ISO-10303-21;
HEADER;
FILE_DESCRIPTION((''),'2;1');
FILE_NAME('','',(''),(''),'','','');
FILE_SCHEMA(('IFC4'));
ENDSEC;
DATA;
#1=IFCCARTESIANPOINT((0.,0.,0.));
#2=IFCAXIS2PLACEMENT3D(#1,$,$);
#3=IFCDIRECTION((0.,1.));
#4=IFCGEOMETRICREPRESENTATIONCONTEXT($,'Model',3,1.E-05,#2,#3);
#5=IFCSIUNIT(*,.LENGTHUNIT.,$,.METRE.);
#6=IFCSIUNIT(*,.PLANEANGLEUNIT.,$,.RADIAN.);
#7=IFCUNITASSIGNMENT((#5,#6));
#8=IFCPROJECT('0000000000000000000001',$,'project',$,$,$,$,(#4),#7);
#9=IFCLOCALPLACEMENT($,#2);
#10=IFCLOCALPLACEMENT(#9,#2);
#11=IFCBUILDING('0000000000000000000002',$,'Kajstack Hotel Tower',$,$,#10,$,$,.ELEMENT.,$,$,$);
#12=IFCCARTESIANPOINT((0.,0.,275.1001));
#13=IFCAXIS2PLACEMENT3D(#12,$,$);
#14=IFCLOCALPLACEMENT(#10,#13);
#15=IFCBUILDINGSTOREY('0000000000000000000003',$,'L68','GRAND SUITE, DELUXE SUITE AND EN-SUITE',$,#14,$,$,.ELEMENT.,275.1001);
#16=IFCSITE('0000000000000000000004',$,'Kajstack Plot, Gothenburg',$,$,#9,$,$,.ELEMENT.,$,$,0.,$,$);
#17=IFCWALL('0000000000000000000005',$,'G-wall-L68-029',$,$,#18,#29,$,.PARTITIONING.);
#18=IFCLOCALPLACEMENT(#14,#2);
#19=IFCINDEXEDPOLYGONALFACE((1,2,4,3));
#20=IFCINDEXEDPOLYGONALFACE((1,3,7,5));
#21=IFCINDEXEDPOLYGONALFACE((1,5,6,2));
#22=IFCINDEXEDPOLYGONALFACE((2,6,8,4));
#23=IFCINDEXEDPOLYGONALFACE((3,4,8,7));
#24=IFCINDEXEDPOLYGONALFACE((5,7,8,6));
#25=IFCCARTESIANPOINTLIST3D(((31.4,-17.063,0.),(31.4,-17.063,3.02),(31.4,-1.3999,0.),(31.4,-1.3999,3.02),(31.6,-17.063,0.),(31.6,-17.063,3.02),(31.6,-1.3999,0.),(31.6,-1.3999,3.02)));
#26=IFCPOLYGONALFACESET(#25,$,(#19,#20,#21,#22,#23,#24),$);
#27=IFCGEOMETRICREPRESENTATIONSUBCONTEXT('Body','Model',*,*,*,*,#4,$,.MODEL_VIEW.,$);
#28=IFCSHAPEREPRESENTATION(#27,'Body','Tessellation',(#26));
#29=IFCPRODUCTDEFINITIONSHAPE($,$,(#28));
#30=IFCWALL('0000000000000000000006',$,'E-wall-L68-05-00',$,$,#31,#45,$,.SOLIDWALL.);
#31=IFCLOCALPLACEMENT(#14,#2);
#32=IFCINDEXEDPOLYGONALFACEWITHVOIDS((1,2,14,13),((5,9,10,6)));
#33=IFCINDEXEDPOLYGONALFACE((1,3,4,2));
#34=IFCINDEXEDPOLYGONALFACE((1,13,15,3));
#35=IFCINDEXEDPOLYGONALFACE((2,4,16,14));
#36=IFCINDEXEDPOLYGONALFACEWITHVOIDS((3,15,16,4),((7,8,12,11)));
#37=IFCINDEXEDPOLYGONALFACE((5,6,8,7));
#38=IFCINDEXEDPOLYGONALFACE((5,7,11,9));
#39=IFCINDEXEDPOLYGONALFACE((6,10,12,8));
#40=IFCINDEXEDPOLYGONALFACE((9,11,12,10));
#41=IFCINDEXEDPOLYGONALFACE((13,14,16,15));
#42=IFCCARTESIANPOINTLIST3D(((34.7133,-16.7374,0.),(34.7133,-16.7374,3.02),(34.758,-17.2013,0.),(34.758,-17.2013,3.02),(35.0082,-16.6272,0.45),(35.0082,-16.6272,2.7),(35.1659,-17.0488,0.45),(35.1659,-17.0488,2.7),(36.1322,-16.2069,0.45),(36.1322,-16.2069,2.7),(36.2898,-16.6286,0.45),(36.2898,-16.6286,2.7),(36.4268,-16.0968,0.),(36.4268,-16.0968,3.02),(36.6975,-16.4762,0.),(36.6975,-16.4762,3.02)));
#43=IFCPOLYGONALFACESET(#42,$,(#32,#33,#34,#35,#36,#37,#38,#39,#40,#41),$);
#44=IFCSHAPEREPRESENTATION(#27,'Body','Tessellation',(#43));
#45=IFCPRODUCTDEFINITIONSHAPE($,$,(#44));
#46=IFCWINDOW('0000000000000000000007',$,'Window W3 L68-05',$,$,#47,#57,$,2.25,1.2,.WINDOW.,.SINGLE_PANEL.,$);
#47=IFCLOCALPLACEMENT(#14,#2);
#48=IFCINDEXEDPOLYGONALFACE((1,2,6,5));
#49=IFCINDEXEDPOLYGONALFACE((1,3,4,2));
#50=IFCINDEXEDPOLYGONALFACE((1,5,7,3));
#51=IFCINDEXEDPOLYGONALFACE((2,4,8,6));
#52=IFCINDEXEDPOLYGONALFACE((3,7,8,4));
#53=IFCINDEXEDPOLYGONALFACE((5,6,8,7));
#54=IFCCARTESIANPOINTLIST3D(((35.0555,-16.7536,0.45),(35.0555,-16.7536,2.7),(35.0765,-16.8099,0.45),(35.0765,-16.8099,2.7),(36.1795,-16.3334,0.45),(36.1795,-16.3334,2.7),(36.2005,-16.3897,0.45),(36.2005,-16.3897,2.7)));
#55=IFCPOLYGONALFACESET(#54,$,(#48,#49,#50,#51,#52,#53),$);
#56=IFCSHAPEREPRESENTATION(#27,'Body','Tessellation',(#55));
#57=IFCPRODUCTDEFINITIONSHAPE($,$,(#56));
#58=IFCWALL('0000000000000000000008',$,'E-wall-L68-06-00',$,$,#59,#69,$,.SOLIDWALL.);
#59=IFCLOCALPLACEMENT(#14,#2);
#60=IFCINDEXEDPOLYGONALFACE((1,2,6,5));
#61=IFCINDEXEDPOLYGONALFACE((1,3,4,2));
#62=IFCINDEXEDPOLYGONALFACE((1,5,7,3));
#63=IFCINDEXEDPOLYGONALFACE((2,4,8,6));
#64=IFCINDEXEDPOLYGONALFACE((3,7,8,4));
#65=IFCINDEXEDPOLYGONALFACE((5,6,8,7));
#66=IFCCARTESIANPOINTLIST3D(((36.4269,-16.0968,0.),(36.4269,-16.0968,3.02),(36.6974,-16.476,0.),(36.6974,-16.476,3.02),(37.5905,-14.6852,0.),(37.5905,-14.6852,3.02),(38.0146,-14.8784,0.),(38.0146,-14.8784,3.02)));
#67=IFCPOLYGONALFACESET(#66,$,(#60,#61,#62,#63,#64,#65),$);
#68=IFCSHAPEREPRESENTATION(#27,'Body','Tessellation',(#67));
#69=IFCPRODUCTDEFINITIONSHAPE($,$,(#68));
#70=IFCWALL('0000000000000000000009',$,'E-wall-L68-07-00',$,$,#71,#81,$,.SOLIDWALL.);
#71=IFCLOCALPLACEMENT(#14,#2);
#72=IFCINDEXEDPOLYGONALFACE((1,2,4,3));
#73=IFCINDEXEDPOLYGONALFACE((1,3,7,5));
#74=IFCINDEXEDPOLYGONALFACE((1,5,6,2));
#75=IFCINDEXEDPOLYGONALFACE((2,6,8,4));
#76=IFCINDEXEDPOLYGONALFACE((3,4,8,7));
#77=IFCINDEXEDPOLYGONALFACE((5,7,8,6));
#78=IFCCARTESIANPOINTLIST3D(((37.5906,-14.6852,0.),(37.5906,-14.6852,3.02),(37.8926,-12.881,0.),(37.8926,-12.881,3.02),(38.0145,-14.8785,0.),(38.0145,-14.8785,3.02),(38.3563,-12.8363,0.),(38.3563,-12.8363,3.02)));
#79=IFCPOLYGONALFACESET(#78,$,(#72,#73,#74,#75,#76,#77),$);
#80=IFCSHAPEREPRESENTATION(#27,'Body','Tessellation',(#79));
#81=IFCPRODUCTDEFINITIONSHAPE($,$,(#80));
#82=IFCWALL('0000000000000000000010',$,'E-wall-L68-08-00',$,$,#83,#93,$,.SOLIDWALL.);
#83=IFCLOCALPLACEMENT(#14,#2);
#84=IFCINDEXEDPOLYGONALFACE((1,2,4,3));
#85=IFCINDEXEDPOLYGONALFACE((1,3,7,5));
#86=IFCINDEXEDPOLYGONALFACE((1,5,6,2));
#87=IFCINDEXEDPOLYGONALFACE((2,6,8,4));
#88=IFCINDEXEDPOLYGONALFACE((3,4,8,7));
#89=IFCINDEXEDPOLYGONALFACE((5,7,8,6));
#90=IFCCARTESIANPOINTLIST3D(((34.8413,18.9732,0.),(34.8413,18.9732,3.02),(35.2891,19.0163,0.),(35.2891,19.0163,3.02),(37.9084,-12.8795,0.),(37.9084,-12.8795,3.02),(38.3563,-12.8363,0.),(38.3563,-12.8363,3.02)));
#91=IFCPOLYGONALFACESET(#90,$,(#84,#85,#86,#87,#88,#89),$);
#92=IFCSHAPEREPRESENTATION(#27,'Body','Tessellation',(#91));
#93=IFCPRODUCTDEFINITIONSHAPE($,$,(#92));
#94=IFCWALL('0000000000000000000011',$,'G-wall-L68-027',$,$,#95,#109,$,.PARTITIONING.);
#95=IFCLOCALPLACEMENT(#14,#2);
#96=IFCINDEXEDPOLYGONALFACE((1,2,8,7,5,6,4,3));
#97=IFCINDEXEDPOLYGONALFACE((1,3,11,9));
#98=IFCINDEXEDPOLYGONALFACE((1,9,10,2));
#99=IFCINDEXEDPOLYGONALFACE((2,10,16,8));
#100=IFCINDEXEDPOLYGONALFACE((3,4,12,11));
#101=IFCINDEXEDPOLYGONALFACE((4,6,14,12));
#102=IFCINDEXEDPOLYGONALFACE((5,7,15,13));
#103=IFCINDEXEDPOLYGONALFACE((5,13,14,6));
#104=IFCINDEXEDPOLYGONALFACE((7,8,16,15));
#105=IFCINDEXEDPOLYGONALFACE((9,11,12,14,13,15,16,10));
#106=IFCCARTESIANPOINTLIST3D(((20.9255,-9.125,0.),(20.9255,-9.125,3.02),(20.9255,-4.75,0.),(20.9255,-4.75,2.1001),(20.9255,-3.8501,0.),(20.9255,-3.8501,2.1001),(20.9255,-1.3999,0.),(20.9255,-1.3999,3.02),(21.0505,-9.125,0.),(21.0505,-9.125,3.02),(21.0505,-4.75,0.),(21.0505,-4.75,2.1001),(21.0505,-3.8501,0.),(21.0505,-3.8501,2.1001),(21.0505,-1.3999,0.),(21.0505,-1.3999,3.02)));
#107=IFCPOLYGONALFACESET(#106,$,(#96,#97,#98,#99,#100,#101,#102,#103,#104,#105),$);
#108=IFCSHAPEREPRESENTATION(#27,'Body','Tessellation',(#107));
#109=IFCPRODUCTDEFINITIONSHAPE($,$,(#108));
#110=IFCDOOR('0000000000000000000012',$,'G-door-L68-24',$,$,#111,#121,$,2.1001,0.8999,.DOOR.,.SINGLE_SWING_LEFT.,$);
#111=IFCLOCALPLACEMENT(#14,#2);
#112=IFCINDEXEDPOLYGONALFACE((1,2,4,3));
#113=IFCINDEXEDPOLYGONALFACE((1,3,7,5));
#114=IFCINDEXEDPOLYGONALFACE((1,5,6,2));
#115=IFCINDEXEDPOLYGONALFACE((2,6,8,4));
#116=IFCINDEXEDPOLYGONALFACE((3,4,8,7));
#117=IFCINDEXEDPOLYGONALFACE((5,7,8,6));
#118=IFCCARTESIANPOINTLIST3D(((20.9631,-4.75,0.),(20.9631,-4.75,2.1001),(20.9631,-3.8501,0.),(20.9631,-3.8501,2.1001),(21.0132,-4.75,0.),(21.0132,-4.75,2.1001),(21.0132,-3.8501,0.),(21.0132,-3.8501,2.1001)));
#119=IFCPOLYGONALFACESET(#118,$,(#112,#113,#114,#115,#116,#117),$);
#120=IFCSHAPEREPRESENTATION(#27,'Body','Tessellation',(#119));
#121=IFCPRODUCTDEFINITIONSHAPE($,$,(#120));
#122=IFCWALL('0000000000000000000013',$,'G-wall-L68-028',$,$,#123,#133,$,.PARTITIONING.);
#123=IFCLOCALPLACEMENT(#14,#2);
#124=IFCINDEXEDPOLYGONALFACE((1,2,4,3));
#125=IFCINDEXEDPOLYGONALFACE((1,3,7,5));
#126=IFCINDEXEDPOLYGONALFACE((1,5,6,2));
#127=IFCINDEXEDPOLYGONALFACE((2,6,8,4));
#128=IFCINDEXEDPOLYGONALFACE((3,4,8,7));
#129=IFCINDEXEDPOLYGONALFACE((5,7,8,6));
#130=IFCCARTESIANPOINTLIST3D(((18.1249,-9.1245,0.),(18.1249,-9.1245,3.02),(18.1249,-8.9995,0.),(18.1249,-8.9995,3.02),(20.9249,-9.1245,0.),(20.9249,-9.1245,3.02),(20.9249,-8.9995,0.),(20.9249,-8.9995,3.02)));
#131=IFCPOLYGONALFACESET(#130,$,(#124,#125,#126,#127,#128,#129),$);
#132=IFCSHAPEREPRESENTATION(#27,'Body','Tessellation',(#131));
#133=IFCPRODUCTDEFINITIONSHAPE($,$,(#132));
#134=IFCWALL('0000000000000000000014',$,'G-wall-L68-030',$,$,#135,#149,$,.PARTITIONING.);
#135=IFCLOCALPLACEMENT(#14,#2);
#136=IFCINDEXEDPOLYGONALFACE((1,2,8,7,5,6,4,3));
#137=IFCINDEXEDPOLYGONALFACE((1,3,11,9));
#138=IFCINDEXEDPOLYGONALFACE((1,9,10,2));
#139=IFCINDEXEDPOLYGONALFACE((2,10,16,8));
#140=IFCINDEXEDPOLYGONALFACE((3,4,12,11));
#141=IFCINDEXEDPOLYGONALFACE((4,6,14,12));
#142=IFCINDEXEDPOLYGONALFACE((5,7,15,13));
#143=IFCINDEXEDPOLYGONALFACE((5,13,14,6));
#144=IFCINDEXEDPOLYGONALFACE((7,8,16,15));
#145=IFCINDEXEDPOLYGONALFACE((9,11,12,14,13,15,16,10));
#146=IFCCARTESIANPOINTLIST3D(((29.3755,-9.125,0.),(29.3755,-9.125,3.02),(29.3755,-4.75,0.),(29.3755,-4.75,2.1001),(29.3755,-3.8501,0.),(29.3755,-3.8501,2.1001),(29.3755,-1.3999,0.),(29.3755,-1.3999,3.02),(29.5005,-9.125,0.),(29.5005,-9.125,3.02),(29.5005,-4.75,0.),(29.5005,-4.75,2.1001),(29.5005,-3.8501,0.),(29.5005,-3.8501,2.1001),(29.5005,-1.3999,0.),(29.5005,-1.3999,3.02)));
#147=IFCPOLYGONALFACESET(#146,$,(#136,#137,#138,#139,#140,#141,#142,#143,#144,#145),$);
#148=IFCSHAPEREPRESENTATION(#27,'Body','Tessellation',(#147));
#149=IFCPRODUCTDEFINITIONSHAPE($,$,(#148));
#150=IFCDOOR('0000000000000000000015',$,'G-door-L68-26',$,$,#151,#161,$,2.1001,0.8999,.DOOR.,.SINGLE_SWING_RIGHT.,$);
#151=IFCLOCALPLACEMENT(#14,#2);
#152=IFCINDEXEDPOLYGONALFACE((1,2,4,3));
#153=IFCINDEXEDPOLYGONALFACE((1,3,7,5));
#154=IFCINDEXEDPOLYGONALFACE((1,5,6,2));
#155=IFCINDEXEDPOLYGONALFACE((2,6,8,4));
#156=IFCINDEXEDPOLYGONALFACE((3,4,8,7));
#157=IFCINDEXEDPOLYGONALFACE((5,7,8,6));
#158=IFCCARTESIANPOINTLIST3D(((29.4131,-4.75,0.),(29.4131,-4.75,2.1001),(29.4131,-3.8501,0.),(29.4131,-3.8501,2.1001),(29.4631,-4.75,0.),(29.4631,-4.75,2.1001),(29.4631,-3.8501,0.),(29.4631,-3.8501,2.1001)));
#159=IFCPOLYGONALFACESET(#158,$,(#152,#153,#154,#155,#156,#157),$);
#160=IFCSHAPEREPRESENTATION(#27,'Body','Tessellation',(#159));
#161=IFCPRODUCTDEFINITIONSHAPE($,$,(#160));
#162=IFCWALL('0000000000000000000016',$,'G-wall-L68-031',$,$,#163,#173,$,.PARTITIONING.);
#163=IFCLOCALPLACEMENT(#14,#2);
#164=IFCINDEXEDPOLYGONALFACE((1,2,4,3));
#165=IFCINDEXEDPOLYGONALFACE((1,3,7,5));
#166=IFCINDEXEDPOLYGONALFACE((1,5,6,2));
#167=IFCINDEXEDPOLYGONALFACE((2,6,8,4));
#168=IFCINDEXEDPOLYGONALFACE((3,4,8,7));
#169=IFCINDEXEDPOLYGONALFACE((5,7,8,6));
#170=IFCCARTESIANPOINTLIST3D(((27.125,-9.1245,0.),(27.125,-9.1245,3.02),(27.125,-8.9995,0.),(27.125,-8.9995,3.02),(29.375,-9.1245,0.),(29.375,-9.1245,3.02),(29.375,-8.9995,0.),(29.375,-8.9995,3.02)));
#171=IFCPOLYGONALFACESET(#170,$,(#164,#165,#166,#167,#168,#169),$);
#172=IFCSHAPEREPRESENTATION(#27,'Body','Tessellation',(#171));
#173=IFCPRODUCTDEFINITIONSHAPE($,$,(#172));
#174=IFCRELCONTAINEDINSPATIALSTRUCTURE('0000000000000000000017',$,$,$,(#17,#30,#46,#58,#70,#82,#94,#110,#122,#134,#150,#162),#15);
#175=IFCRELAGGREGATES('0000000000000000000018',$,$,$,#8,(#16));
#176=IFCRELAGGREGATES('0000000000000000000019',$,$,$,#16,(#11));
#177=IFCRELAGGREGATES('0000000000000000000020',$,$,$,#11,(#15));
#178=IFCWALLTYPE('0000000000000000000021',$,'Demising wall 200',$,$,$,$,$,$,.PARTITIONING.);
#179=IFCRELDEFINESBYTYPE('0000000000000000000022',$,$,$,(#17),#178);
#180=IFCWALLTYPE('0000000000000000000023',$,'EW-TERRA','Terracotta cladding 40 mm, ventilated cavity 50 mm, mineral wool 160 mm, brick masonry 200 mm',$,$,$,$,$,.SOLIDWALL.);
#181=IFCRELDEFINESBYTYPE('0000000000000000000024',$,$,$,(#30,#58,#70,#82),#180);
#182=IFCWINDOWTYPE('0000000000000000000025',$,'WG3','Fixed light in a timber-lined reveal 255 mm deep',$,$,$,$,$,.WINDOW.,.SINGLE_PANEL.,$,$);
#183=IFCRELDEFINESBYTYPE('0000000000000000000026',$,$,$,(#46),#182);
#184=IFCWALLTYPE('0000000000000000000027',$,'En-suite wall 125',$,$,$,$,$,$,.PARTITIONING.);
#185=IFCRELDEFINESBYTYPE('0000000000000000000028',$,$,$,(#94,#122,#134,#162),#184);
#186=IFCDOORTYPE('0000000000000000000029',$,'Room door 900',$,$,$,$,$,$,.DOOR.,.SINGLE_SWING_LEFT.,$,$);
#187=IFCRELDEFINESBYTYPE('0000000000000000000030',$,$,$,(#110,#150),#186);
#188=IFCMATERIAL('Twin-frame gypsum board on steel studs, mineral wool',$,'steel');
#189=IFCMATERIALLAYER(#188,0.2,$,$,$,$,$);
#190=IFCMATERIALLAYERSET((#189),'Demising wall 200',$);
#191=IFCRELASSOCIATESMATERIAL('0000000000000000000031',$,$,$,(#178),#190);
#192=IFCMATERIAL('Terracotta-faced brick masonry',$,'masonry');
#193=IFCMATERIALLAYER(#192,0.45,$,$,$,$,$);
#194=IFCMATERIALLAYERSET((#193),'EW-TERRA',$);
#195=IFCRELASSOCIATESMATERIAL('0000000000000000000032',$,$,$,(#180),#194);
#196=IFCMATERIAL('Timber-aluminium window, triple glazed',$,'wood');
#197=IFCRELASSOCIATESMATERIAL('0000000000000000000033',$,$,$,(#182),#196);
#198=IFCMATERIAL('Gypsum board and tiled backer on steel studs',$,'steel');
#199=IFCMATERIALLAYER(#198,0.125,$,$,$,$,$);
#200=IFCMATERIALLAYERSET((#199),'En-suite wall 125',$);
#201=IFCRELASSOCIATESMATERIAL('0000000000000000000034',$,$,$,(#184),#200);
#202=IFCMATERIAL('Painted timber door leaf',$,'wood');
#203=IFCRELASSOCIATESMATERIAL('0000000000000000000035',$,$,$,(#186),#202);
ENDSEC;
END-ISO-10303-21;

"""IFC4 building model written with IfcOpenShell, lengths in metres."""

from ifc_helpers import new_model, si_unit, direction, frame, frame_2d, origin, place, context, subcontext, project, spatial, polyline, rectangle, outline, extrude, material, layer, layer_set, type_object, element, fill, save


model = new_model("IFC4")

# Units and contexts
model_context = context("Model", 3, precision=1e-05, world=origin(), true_north=direction((0.0, 1.0)))
body_context = subcontext(model_context, "Body", "Model", "MODEL_VIEW")
ifc_project = project(units=[si_unit("LENGTHUNIT", "METRE"), si_unit("PLANEANGLEUNIT", "RADIAN")], contexts=[model_context])

# Site, building, storey
site_placement = place(None, origin())
site = spatial("IfcSite", under=ifc_project, at=site_placement, Name="Kajstack Plot, Gothenburg", CompositionType="ELEMENT", RefElevation=0.0)
building_placement = place(site_placement, origin())
building = spatial("IfcBuilding", under=site, at=building_placement, Name="Kajstack Hotel Tower", CompositionType="ELEMENT")
storey_placement = place(building_placement, frame((0.0, 0.0, 275.1001)))
storey = spatial("IfcBuildingStorey", under=building, at=storey_placement, Name="L68", Description="GRAND SUITE, DELUXE SUITE AND EN-SUITE", CompositionType="ELEMENT", Elevation=275.1001)

# Wall
ifc_material_1 = material(Name="Twin-frame gypsum board on steel studs, mineral wool", Category="steel")
ifc_layer_1 = layer(ifc_material_1, 0.2)
ifc_layer_set_1 = layer_set([ifc_layer_1], Name="Demising wall 200")
wall_type_1 = type_object("IfcWallType", Name="Demising wall 200", PredefinedType="PARTITIONING", material=ifc_layer_set_1)
wall_1_placement = place(storey_placement, frame((31.5, -17.063, 0.0), z_axis=(0.0, 0.0, 1.0), x_axis=(0.0, 1.0, 0.0)))
element("IfcWall", 1, at=wall_1_placement, inside=storey, type_object=wall_type_1, Name="G-wall-L68-029", PredefinedType="PARTITIONING", context=body_context, shape_type="SweptSolid", body=[
    extrude(rectangle(XDim=15.6631, YDim=0.2, at=frame_2d((7.8315, 0.0))), origin(), (0.0, 0.0, 1.0), 3.02),
])

# Wall, opening, window
ifc_material_2 = material(Name="Terracotta-faced brick masonry", Category="masonry")
ifc_layer_2 = layer(ifc_material_2, 0.45)
ifc_layer_set_2 = layer_set([ifc_layer_2], Name="EW-TERRA")
wall_type_2 = type_object("IfcWallType", Name="EW-TERRA", Description="Terracotta cladding 40 mm, ventilated cavity 50 mm, mineral wool 160 mm, brick masonry 200 mm", PredefinedType="SOLIDWALL", material=ifc_layer_set_2)
wall_2_placement = place(storey_placement, frame((34.6792, -16.9905, 0.0), z_axis=(0.0, 0.0, 1.0), x_axis=(0.936678, 0.350193, 0.0)))
wall_2 = element("IfcWall", 2, at=wall_2_placement, inside=storey, type_object=wall_type_2, Name="E-wall-L68-05-00", PredefinedType="SOLIDWALL", context=body_context, shape_type="SweptSolid", body=[
    extrude(outline(polyline([(0.0, -0.2251), (2.0706, -0.2251), (1.95, 0.2251), (0.1206, 0.2251), (0.0, -0.2251)])), origin(), (0.0, 0.0, 1.0), 3.02),
])
opening_1_placement = place(wall_2_placement, frame((0.4353, 0.0, 0.45)))
opening_1 = element("IfcOpeningElement", 3, at=opening_1_placement, cuts=wall_2, PredefinedType="OPENING", context=body_context, shape_type="SweptSolid", body=[
    extrude(rectangle(XDim=1.2, YDim=2.25, at=frame_2d((0.6001, 1.125))), frame((0.0, 0.2349, 0.0), z_axis=(0.0, -1.0, 0.0), x_axis=(1.0, 0.0, 0.0)), (0.0, 0.0, 1.0), 0.47),
])
ifc_material_3 = material(Name="Timber-aluminium window, triple glazed", Category="wood")
window_type = type_object("IfcWindowType", Name="WG3", Description="Fixed light in a timber-lined reveal 255 mm deep", PartitioningType="SINGLE_PANEL", PredefinedType="WINDOW", material=ifc_material_3)
window_placement = place(opening_1_placement, origin())
window = element("IfcWindow", 4, at=window_placement, inside=storey, type_object=window_type, Name="Window W3 L68-05", OverallHeight=2.25, OverallWidth=1.2, PartitioningType="SINGLE_PANEL", PredefinedType="WINDOW", context=body_context, shape_type="SweptSolid", body=[
    extrude(rectangle(XDim=1.2, YDim=2.25, at=frame_2d((0.6001, 1.125))), frame((0.0, 0.0901, 0.0), z_axis=(0.0, -1.0, 0.0), x_axis=(1.0, 0.0, 0.0)), (0.0, 0.0, 1.0), 0.0601),
])
fill(opening_1, window)

# Walls
wall_3_placement = place(storey_placement, frame((36.5239, -16.333, 0.0), z_axis=(0.0, 0.0, 1.0), x_axis=(0.636046, 0.771651, 0.0)))
element("IfcWall", 5, at=wall_3_placement, inside=storey, type_object=wall_type_2, Name="E-wall-L68-06-00", PredefinedType="SOLIDWALL", context=body_context, shape_type="SweptSolid", body=[
    extrude(outline(polyline([(0.0, -0.2249), (2.0706, -0.2251), (1.95, 0.2251), (0.1206, 0.2251), (0.0, -0.2249)])), origin(), (0.0, 0.0, 1.0), 3.02),
])
wall_4_placement = place(storey_placement, frame((37.7925, -14.8413, 0.0), z_axis=(0.0, 0.0, 1.0), x_axis=(0.165068, 0.986282, 0.0)))
element("IfcWall", 6, at=wall_4_placement, inside=storey, type_object=wall_type_2, Name="E-wall-L68-07-00", PredefinedType="SOLIDWALL", context=body_context, shape_type="SweptSolid", body=[
    extrude(outline(polyline([(0.0, -0.2251), (2.0706, -0.2251), (1.95, 0.2249), (0.1206, 0.2249), (0.0, -0.2251)])), origin(), (0.0, 0.0, 1.0), 3.02),
])
wall_5_placement = place(storey_placement, frame((38.1323, -12.8579, 0.0), z_axis=(0.0, 0.0, 1.0), x_axis=(-0.095848, 0.995396, 0.0)))
element("IfcWall", 7, at=wall_5_placement, inside=storey, type_object=wall_type_2, Name="E-wall-L68-08-00", PredefinedType="SOLIDWALL", context=body_context, shape_type="SweptSolid", body=[
    extrude(rectangle(XDim=32.0, YDim=0.45, at=frame_2d((16.0, 0.0))), origin(), (0.0, 0.0, 1.0), 3.02),
])

# Wall, opening, door
ifc_material_4 = material(Name="Gypsum board and tiled backer on steel studs", Category="steel")
ifc_layer_3 = layer(ifc_material_4, 0.125)
ifc_layer_set_3 = layer_set([ifc_layer_3], Name="En-suite wall 125")
wall_type_3 = type_object("IfcWallType", Name="En-suite wall 125", PredefinedType="PARTITIONING", material=ifc_layer_set_3)
wall_6_placement = place(storey_placement, frame((20.988, -9.125, 0.0), z_axis=(0.0, 0.0, 1.0), x_axis=(0.0, 1.0, 0.0)))
wall_6 = element("IfcWall", 8, at=wall_6_placement, inside=storey, type_object=wall_type_3, Name="G-wall-L68-027", PredefinedType="PARTITIONING", context=body_context, shape_type="SweptSolid", body=[
    extrude(rectangle(XDim=7.7251, YDim=0.125, at=frame_2d((3.8625, 0.0))), origin(), (0.0, 0.0, 1.0), 3.02),
])
opening_2_placement = place(wall_6_placement, frame((4.375, 0.0, 0.0)))
opening_2 = element("IfcOpeningElement", 9, at=opening_2_placement, cuts=wall_6, PredefinedType="OPENING", context=body_context, shape_type="SweptSolid", body=[
    extrude(rectangle(XDim=0.8999, YDim=2.1001, at=frame_2d((0.45, 1.05))), frame((0.0, 0.0725, 0.0), z_axis=(0.0, -1.0, 0.0), x_axis=(1.0, 0.0, 0.0)), (0.0, 0.0, 1.0), 0.145),
])
ifc_material_5 = material(Name="Painted timber door leaf", Category="wood")
door_type_1 = type_object("IfcDoorType", Name="Room door 900", OperationType="SINGLE_SWING_LEFT", PredefinedType="DOOR", material=ifc_material_5)
door_1_placement = place(opening_2_placement, origin())
door_1 = element("IfcDoor", 10, at=door_1_placement, inside=storey, type_object=door_type_1, Name="G-door-L68-24", OperationType="SINGLE_SWING_LEFT", OverallHeight=2.1001, OverallWidth=0.8999, PredefinedType="DOOR", context=body_context, shape_type="SweptSolid", body=[
    extrude(rectangle(XDim=0.8999, YDim=2.1001, at=frame_2d((0.45, 1.05))), frame((0.0, 0.0249, 0.0), z_axis=(0.0, -1.0, 0.0), x_axis=(1.0, 0.0, 0.0)), (0.0, 0.0, 1.0), 0.05),
])
fill(opening_2, door_1)

# Wall
wall_7_placement = place(storey_placement, frame((18.125, -9.062, 0.0), z_axis=(0.0, 0.0, 1.0), x_axis=(1.0, 0.0, 0.0)))
element("IfcWall", 11, at=wall_7_placement, inside=storey, type_object=wall_type_3, Name="G-wall-L68-028", PredefinedType="PARTITIONING", context=body_context, shape_type="SweptSolid", body=[
    extrude(rectangle(XDim=2.8, YDim=0.125, at=frame_2d((1.3999, 0.0))), origin(), (0.0, 0.0, 1.0), 3.02),
])

# Wall, opening, door
wall_8_placement = place(storey_placement, frame((29.438, -9.125, 0.0), z_axis=(0.0, 0.0, 1.0), x_axis=(0.0, 1.0, 0.0)))
wall_8 = element("IfcWall", 12, at=wall_8_placement, inside=storey, type_object=wall_type_3, Name="G-wall-L68-030", PredefinedType="PARTITIONING", context=body_context, shape_type="SweptSolid", body=[
    extrude(rectangle(XDim=7.7251, YDim=0.125, at=frame_2d((3.8625, 0.0))), origin(), (0.0, 0.0, 1.0), 3.02),
])
opening_3_placement = place(wall_8_placement, frame((4.375, 0.0, 0.0)))
opening_3 = element("IfcOpeningElement", 13, at=opening_3_placement, cuts=wall_8, PredefinedType="OPENING", context=body_context, shape_type="SweptSolid", body=[
    extrude(rectangle(XDim=0.8999, YDim=2.1001, at=frame_2d((0.45, 1.05))), frame((0.0, 0.0725, 0.0), z_axis=(0.0, -1.0, 0.0), x_axis=(1.0, 0.0, 0.0)), (0.0, 0.0, 1.0), 0.145),
])
door_2_placement = place(opening_3_placement, origin())
door_2 = element("IfcDoor", 14, at=door_2_placement, inside=storey, type_object=door_type_1, Name="G-door-L68-26", OperationType="SINGLE_SWING_RIGHT", OverallHeight=2.1001, OverallWidth=0.8999, PredefinedType="DOOR", context=body_context, shape_type="SweptSolid", body=[
    extrude(rectangle(XDim=0.8999, YDim=2.1001, at=frame_2d((0.45, 1.05))), frame((0.0, 0.0249, 0.0), z_axis=(0.0, -1.0, 0.0), x_axis=(1.0, 0.0, 0.0)), (0.0, 0.0, 1.0), 0.05),
])
fill(opening_3, door_2)

# Wall
wall_9_placement = place(storey_placement, frame((27.125, -9.062, 0.0), z_axis=(0.0, 0.0, 1.0), x_axis=(1.0, 0.0, 0.0)))
element("IfcWall", 15, at=wall_9_placement, inside=storey, type_object=wall_type_3, Name="G-wall-L68-031", PredefinedType="PARTITIONING", context=body_context, shape_type="SweptSolid", body=[
    extrude(rectangle(XDim=2.25, YDim=0.125, at=frame_2d((1.125, 0.0))), origin(), (0.0, 0.0, 1.0), 3.02),
])

save(model, "model.ifc")
